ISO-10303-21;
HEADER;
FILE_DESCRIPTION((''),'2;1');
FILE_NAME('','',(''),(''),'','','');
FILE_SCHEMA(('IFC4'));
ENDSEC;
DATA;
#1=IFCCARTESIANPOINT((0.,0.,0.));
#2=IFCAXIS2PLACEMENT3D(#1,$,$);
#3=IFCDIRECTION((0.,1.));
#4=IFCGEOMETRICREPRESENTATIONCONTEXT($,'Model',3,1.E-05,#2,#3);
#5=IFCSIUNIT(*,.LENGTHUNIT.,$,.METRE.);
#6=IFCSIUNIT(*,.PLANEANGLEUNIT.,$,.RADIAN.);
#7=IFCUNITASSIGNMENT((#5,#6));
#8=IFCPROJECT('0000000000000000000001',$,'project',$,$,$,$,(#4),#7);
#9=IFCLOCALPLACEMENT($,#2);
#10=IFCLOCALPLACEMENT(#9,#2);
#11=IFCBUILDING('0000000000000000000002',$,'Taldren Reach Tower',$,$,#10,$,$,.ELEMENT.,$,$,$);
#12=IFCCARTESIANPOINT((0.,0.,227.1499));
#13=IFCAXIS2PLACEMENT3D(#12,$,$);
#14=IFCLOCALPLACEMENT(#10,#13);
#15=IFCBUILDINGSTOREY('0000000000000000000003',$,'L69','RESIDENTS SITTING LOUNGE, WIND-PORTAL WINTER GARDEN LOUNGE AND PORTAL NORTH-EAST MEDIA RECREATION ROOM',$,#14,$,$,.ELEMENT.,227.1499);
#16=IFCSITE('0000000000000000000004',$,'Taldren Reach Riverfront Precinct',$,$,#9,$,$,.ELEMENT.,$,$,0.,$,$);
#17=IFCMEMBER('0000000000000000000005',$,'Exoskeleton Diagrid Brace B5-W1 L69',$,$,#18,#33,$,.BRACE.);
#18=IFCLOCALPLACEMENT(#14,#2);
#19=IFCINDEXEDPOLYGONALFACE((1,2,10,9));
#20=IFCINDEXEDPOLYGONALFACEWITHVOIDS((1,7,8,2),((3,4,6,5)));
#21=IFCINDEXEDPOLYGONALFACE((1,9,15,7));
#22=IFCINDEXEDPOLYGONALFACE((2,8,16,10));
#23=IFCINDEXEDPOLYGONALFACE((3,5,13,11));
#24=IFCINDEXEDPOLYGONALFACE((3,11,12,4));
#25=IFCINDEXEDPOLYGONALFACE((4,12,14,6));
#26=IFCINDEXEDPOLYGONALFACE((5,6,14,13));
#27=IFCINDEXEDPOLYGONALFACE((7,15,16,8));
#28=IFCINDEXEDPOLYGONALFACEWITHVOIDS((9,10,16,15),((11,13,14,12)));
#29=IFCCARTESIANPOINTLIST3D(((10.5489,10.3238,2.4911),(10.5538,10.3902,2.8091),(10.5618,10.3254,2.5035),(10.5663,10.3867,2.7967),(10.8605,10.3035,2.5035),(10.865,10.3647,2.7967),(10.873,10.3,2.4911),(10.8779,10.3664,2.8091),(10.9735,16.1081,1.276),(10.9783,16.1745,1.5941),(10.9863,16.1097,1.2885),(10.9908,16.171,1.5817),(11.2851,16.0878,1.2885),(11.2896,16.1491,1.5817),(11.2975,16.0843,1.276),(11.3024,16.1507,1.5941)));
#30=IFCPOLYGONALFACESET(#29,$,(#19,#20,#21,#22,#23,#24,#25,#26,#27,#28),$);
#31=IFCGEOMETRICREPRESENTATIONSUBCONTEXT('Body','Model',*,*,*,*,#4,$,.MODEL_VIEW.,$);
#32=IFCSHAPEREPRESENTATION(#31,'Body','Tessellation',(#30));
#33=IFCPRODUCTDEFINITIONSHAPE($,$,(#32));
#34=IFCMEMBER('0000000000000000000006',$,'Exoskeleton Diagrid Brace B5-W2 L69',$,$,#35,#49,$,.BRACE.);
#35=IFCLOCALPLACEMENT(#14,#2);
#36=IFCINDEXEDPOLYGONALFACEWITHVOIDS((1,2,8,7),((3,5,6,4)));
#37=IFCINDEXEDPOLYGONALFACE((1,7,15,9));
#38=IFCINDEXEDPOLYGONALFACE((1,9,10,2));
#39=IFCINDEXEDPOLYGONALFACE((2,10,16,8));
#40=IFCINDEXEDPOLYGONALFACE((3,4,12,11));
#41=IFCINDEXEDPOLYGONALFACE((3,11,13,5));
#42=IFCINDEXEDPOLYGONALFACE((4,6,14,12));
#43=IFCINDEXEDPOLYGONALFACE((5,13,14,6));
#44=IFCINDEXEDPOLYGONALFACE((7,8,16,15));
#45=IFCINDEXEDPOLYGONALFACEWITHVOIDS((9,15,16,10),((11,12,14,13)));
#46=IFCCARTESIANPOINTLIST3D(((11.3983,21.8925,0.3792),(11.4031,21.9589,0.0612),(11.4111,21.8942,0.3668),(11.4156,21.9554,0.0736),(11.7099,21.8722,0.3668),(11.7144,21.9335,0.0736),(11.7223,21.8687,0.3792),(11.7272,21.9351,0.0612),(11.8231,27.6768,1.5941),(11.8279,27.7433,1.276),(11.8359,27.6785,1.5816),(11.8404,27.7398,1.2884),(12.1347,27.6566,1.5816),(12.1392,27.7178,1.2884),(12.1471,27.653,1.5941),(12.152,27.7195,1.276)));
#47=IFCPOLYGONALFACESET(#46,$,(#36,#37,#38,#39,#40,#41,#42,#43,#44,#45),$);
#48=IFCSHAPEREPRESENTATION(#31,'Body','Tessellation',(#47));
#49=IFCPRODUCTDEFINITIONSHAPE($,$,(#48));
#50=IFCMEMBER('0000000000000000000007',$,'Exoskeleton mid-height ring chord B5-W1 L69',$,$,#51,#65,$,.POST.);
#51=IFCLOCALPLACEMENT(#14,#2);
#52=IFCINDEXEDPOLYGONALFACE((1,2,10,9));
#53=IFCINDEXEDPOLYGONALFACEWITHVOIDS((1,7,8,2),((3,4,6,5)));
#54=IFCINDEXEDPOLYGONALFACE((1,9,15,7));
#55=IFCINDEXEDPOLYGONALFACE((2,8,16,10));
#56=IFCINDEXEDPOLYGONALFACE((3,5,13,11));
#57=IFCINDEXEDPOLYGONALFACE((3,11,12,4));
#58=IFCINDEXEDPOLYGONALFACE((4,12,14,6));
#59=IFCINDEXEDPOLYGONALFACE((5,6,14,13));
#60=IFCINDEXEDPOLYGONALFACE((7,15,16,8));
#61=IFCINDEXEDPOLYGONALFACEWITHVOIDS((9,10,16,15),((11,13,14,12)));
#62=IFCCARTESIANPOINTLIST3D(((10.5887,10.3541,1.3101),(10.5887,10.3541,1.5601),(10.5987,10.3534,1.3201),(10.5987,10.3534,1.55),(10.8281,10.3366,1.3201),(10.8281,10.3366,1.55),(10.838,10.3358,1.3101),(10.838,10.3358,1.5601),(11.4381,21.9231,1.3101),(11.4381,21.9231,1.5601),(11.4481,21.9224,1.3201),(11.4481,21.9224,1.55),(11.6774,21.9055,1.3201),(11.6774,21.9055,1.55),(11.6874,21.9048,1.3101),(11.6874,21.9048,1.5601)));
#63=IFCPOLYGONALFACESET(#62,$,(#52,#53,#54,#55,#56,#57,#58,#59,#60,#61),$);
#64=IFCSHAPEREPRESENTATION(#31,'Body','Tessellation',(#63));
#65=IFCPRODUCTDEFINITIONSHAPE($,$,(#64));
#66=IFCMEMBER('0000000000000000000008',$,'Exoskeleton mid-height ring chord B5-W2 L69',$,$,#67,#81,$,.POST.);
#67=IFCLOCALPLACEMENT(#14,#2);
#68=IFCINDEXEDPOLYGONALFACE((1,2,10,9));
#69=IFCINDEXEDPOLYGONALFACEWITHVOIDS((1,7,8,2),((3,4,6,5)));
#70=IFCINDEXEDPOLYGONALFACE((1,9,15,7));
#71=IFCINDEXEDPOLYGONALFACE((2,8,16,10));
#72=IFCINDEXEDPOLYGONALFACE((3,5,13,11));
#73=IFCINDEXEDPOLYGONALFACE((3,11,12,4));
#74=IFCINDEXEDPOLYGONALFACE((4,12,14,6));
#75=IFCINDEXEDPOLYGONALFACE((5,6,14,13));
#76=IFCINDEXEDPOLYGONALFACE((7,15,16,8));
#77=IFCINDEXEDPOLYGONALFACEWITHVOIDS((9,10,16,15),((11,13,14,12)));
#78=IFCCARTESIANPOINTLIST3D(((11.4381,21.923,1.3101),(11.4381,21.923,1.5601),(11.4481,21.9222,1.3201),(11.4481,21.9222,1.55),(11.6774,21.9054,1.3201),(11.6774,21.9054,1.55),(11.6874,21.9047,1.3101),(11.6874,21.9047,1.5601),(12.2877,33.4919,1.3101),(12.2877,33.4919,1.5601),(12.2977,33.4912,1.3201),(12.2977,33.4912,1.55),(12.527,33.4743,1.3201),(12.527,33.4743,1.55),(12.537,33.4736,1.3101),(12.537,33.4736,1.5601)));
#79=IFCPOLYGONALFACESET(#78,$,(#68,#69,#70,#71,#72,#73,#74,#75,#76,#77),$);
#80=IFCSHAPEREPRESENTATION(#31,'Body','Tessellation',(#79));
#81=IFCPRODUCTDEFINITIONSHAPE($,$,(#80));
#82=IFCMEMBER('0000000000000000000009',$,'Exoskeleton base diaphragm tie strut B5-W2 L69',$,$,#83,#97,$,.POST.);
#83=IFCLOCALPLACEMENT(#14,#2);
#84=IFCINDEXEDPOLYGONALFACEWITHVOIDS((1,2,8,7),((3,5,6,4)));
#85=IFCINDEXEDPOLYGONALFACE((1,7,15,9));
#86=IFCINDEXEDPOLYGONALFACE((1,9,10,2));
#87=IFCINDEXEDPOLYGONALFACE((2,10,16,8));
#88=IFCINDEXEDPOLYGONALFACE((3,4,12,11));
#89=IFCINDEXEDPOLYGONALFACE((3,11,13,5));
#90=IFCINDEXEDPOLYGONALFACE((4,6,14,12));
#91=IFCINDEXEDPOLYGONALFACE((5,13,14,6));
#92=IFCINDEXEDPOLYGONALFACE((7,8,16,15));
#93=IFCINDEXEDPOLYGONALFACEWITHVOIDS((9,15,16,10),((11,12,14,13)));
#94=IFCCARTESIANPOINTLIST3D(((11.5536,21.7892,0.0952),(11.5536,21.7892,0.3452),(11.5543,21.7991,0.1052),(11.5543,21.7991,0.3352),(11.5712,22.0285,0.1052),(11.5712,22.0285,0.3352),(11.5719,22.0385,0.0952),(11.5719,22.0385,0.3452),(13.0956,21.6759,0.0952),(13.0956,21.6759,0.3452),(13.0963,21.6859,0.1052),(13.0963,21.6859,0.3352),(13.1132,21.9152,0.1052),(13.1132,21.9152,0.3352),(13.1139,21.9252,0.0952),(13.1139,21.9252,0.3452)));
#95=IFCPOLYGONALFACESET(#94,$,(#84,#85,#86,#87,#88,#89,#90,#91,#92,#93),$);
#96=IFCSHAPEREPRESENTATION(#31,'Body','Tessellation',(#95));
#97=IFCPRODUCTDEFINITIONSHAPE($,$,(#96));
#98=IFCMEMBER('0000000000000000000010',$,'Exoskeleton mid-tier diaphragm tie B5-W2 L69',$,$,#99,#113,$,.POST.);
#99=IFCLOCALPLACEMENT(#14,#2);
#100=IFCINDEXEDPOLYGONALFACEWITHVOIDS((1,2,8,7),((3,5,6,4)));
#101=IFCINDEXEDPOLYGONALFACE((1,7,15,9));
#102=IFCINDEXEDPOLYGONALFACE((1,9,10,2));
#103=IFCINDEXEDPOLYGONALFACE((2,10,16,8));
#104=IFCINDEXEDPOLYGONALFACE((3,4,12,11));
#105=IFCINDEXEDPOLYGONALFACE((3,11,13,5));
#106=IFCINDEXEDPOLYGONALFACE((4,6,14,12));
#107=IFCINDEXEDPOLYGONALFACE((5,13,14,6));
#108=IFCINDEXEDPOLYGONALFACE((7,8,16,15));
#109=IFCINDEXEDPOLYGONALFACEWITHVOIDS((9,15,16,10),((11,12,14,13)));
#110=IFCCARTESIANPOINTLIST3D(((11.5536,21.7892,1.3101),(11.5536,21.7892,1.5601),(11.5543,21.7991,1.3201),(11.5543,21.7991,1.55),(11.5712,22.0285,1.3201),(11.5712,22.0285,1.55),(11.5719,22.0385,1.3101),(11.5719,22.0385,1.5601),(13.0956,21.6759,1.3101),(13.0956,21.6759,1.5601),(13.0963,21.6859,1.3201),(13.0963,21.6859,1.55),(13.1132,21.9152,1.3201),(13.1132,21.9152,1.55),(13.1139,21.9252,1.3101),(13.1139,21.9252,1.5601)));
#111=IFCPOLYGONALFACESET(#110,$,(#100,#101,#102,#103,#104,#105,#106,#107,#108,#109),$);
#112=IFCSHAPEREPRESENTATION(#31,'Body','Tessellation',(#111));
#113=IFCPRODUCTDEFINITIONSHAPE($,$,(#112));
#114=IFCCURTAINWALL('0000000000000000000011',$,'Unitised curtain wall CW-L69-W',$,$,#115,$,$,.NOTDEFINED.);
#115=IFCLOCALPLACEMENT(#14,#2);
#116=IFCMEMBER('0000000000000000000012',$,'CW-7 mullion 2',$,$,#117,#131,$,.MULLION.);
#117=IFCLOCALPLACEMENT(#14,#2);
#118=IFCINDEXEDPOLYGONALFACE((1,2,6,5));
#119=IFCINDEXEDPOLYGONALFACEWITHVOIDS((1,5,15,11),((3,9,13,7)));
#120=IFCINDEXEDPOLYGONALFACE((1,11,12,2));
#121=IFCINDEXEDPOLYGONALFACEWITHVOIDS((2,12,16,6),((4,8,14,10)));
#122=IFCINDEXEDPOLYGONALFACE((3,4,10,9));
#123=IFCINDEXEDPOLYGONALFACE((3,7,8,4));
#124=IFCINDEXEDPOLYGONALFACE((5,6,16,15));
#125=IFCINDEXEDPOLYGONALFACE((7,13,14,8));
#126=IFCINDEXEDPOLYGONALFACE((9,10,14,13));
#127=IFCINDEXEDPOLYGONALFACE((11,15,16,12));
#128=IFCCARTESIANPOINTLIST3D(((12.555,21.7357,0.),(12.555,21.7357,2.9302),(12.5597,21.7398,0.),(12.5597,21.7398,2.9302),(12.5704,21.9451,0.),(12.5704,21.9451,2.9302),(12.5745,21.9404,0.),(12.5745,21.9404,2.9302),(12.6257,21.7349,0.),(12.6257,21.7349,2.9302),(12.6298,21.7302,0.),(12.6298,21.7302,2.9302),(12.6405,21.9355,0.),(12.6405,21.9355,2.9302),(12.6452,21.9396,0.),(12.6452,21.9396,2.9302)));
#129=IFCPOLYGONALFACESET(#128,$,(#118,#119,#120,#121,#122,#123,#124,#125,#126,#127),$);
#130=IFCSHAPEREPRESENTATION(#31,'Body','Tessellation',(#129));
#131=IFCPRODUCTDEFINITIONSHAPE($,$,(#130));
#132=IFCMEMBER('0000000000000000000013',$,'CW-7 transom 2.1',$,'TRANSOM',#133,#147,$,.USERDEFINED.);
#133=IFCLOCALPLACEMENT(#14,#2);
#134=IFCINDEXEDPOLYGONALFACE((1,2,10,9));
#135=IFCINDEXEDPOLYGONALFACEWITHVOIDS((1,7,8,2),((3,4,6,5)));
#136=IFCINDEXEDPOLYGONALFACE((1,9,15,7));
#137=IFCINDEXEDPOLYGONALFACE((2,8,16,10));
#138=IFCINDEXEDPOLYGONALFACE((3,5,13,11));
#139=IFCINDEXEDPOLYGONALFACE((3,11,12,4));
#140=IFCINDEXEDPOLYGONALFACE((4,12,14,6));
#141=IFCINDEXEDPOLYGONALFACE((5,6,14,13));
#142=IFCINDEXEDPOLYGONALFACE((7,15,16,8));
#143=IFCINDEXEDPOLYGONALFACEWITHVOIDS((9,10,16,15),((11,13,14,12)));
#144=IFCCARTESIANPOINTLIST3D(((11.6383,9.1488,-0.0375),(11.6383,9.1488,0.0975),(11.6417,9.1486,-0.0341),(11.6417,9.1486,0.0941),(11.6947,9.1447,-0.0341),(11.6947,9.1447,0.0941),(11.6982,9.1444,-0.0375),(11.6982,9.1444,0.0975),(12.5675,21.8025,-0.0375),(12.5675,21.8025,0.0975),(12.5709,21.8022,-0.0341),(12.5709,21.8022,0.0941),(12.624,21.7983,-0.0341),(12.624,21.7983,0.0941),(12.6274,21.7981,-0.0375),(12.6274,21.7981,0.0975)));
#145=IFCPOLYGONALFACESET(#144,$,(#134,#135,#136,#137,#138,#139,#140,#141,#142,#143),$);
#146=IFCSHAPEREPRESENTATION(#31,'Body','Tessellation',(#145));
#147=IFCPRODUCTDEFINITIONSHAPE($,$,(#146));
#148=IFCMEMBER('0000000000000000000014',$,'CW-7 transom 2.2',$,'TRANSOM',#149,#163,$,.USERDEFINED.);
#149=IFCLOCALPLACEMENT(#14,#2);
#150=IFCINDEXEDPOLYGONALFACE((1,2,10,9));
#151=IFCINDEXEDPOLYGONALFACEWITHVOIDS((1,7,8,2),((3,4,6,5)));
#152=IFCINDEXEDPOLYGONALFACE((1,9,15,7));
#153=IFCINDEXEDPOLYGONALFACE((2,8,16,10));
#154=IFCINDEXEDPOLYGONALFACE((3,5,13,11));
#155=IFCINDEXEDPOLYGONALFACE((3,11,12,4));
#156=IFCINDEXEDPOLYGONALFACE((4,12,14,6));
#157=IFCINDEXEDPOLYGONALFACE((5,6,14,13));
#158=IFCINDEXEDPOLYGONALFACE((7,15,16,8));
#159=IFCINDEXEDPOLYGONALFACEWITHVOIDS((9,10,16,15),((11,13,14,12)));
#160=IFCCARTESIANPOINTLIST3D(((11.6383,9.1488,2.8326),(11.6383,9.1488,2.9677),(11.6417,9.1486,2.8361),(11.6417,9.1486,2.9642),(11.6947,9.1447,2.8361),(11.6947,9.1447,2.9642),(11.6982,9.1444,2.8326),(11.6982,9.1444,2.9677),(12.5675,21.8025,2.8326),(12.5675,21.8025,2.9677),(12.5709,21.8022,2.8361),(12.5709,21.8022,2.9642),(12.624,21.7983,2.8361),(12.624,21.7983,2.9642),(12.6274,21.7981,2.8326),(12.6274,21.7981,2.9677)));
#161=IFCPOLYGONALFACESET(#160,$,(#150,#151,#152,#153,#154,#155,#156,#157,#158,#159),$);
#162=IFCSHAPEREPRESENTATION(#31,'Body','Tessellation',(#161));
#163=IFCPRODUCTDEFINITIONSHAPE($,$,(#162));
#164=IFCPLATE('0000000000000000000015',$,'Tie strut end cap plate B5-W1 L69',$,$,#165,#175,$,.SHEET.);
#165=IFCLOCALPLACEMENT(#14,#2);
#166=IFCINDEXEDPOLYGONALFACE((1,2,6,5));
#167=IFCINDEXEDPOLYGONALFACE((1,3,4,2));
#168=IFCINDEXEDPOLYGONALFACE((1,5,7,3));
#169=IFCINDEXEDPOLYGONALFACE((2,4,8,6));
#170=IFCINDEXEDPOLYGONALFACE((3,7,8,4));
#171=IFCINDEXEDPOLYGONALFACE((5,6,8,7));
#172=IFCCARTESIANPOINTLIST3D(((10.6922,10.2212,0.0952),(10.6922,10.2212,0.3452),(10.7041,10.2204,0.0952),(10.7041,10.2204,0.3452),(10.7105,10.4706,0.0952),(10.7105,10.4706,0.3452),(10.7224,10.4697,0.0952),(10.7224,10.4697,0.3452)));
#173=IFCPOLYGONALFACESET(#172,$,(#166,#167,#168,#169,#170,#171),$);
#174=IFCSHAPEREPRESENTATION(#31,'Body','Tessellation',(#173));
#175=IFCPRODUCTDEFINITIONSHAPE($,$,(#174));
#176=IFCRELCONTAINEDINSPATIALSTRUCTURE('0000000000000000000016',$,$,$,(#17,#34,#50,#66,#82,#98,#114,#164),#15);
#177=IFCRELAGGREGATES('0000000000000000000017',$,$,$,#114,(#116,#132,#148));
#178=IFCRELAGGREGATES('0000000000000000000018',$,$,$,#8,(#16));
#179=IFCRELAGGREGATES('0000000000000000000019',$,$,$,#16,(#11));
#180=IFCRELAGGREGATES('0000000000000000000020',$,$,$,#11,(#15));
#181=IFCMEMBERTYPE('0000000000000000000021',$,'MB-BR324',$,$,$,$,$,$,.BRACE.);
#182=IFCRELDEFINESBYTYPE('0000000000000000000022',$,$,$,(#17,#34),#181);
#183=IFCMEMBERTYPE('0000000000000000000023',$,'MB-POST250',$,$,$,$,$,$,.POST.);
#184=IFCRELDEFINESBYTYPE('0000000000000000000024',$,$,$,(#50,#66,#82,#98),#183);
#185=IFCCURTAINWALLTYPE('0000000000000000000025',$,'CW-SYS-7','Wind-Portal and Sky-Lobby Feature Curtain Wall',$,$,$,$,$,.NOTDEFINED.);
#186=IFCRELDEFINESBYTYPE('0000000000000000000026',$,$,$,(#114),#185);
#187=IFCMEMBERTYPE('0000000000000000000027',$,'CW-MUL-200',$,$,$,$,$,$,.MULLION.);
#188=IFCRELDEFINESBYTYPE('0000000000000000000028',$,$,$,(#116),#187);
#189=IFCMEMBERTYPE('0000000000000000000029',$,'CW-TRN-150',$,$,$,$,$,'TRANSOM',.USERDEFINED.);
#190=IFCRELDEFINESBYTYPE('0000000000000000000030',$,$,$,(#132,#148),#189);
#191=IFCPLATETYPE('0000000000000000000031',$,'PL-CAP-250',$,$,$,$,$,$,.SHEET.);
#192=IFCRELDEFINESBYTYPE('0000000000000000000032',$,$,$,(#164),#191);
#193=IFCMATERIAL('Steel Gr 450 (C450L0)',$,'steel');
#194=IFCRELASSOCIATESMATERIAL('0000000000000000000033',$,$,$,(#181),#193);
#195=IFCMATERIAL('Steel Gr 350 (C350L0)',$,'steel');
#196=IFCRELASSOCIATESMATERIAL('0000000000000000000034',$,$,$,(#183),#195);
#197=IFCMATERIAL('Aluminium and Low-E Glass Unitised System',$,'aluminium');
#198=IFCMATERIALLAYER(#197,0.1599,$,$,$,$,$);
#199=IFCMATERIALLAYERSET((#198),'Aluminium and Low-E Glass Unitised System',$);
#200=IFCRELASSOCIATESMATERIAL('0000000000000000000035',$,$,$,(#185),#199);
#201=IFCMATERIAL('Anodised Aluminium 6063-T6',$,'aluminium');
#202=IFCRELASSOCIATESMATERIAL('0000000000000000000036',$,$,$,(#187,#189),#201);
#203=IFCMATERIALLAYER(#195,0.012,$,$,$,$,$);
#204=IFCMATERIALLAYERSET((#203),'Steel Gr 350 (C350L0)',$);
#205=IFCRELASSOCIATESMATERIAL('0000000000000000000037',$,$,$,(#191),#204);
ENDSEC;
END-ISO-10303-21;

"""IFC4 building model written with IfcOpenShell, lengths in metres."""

from ifc_helpers import new_model, si_unit, direction, frame, origin, origin_2d, place, context, subcontext, project, spatial, rectangle, hollow_rectangle, extrude, source, transform, mapped, material, layer, layer_set, material_profile, profile_set, type_object, element, aggregate, save


model = new_model("IFC4")

# Units and contexts
model_context = context("Model", 3, precision=1e-05, world=origin(), true_north=direction((0.0, 1.0)))
body_context = subcontext(model_context, "Body", "Model", "MODEL_VIEW")
ifc_project = project(units=[si_unit("LENGTHUNIT", "METRE"), si_unit("PLANEANGLEUNIT", "RADIAN")], contexts=[model_context])

# Site, building, storey
site_placement = place(None, origin())
site = spatial("IfcSite", under=ifc_project, at=site_placement, Name="Taldren Reach Riverfront Precinct", CompositionType="ELEMENT", RefElevation=0.0)
building_placement = place(site_placement, origin())
building = spatial("IfcBuilding", under=site, at=building_placement, Name="Taldren Reach Tower", CompositionType="ELEMENT")
storey_placement = place(building_placement, frame((0.0, 0.0, 227.1499)))
storey = spatial("IfcBuildingStorey", under=building, at=storey_placement, Name="L69", Description="RESIDENTS SITTING LOUNGE, WIND-PORTAL WINTER GARDEN LOUNGE AND PORTAL NORTH-EAST MEDIA RECREATION ROOM", CompositionType="ELEMENT", Elevation=227.1499)

# Shared definitions
ifc_material_1 = material(Name="Steel Gr 450 (C450L0)", Category="steel")

# Members
ifc_material_profile_1 = material_profile(ifc_material_1, hollow_rectangle(XDim=0.325, YDim=0.325, WallThickness=0.0127, at=origin_2d()), Name="325x325x12.7SHS")
ifc_profile_set_1 = profile_set([ifc_material_profile_1], Name="Steel Gr 450 (C450L0)")
member_type_1 = type_object("IfcMemberType", Name="MB-BR324", PredefinedType="BRACE", material=ifc_profile_set_1)
shared_shape_1 = source(origin(), body_context, "Body", "SweptSolid", [
    extrude(hollow_rectangle(XDim=0.325, YDim=0.325, WallThickness=0.0127, at=origin_2d()), origin(), (0.0, 0.0, 1.0), 5.9258),
])
for number, where, z_axis, x_axis, name in (
    (1, (11.1379, 16.1294, 1.4351), (-0.071645, -0.976126, 0.205047), (0.997317, -0.0732, 0.0), "Exoskeleton Diagrid Brace B5-W1 L69"),
    (2, (11.5627, 21.9138, 0.2202), (0.071687, 0.976132, 0.205007), (-0.997314, 0.073242, 0.0), "Exoskeleton Diagrid Brace B5-W2 L69"),
):
    element("IfcMember", number, at=place(storey_placement, frame(where, z_axis=z_axis, x_axis=x_axis)), inside=storey, type_object=member_type_1, Name=name, PredefinedType="BRACE", context=body_context, shape_type="MappedRepresentation", body=[
        mapped(shared_shape_1, transform((0.0, 0.0, 0.0), scale=1.0)),
    ])
ifc_material_2 = material(Name="Steel Gr 350 (C350L0)", Category="steel")
ifc_material_profile_2 = material_profile(ifc_material_2, hollow_rectangle(XDim=0.25, YDim=0.25, WallThickness=0.01, at=origin_2d()), Name="250x250x10.0SHS")
ifc_profile_set_2 = profile_set([ifc_material_profile_2], Name="Steel Gr 350 (C350L0)")
member_type_2 = type_object("IfcMemberType", Name="MB-POST250", PredefinedType="POST", material=ifc_profile_set_2)
shared_shape_2 = source(origin(), body_context, "Body", "SweptSolid", [
    extrude(hollow_rectangle(XDim=0.25, YDim=0.25, WallThickness=0.01, at=origin_2d()), origin(), (0.0, 0.0, 1.0), 11.6001),
])
for number, where, z_axis, x_axis, name in (
    (3, (10.7134, 10.345, 1.4351), (0.073221, 0.997316, 0.0), (-0.997316, 0.073221, 0.0), "Exoskeleton mid-height ring chord B5-W1 L69"),
    (4, (11.5627, 21.9138, 1.4351), (0.073242, 0.997314, 0.0), (-0.997314, 0.073242, 0.0), "Exoskeleton mid-height ring chord B5-W2 L69"),
):
    element("IfcMember", number, at=place(storey_placement, frame(where, z_axis=z_axis, x_axis=x_axis)), inside=storey, type_object=member_type_2, Name=name, PredefinedType="POST", context=body_context, shape_type="MappedRepresentation", body=[
        mapped(shared_shape_2, transform((0.0, 0.0, 0.0), scale=1.0)),
    ])
shared_shape_3 = source(origin(), body_context, "Body", "SweptSolid", [
    extrude(hollow_rectangle(XDim=0.25, YDim=0.25, WallThickness=0.01, at=origin_2d()), origin(), (0.0, 0.0, 1.0), 1.5461),
])
for number, where, z_axis, x_axis, name in (
    (5, (13.1047, 21.8005, 0.2202), (-0.997312, 0.073267, 0.0), (-0.073267, -0.997312, 0.0), "Exoskeleton base diaphragm tie strut B5-W2 L69"),
    (6, (13.1047, 21.8005, 1.4351), (-0.997312, 0.073267, 0.0), (-0.073267, -0.997312, 0.0), "Exoskeleton mid-tier diaphragm tie B5-W2 L69"),
):
    element("IfcMember", number, at=place(storey_placement, frame(where, z_axis=z_axis, x_axis=x_axis)), inside=storey, type_object=member_type_2, Name=name, PredefinedType="POST", context=body_context, shape_type="MappedRepresentation", body=[
        mapped(shared_shape_3, transform((0.0, 0.0, 0.0), scale=1.0)),
    ])

# Curtain wall, members
ifc_material_3 = material(Name="Aluminium and Low-E Glass Unitised System", Category="aluminium")
ifc_layer_1 = layer(ifc_material_3, 0.1599)
ifc_layer_set_1 = layer_set([ifc_layer_1], Name="Aluminium and Low-E Glass Unitised System")
curtain_wall_type = type_object("IfcCurtainWallType", Name="CW-SYS-7", Description="Wind-Portal and Sky-Lobby Feature Curtain Wall", PredefinedType="NOTDEFINED", material=ifc_layer_set_1)
curtain_wall_placement = place(storey_placement, origin())
curtain_wall = element("IfcCurtainWall", 7, at=curtain_wall_placement, inside=storey, type_object=curtain_wall_type, Name="Unitised curtain wall CW-L69-W", PredefinedType="NOTDEFINED")
ifc_material_4 = material(Name="Anodised Aluminium 6063-T6", Category="aluminium")
ifc_material_profile_3 = material_profile(ifc_material_4, hollow_rectangle(XDim=0.075, YDim=0.21, WallThickness=0.0044, at=origin_2d()), Name="ALU-210x75x4.5RHS")
ifc_profile_set_3 = profile_set([ifc_material_profile_3], Name="Anodised Aluminium 6063-T6")
member_type_3 = type_object("IfcMemberType", Name="CW-MUL-200", PredefinedType="MULLION", material=ifc_profile_set_3)
shared_shape_4 = source(origin(), body_context, "Body", "SweptSolid", [
    extrude(hollow_rectangle(XDim=0.075, YDim=0.21, WallThickness=0.0044, at=origin_2d()), origin(), (0.0, 0.0, 1.0), 2.9302),
])
member_1_placement = place(storey_placement, frame((12.6001, 21.8376, 0.0), z_axis=(0.0, 0.0, 1.0), x_axis=(0.997314, -0.073238, 0.0)))
member_1 = element("IfcMember", 8, at=member_1_placement, type_object=member_type_3, Name="CW-7 mullion 2", PredefinedType="MULLION", context=body_context, shape_type="MappedRepresentation", body=[
    mapped(shared_shape_4, transform((0.0, 0.0, 0.0), scale=1.0)),
])
ifc_material_profile_4 = material_profile(ifc_material_4, hollow_rectangle(XDim=0.0601, YDim=0.135, WallThickness=0.0034, at=origin_2d()), Name="ALU-135x60x3.5RHS")
ifc_profile_set_4 = profile_set([ifc_material_profile_4], Name="Anodised Aluminium 6063-T6")
member_type_4 = type_object("IfcMemberType", Name="CW-TRN-150", ElementType="TRANSOM", PredefinedType="USERDEFINED", material=ifc_profile_set_4)
shared_shape_5 = source(origin(), body_context, "Body", "SweptSolid", [
    extrude(hollow_rectangle(XDim=0.0601, YDim=0.135, WallThickness=0.0034, at=origin_2d()), origin(), (0.0, 0.0, 1.0), 12.6877),
])
member_2_placement = place(storey_placement, frame((12.5974, 21.8003, 0.03), z_axis=(-0.073237, -0.997315, 0.0), x_axis=(0.997315, -0.073237, 0.0)))
member_2 = element("IfcMember", 9, at=member_2_placement, type_object=member_type_4, Name="CW-7 transom 2.1", ObjectType="TRANSOM", PredefinedType="USERDEFINED", context=body_context, shape_type="MappedRepresentation", body=[
    mapped(shared_shape_5, transform((0.0, 0.0, 0.0), scale=1.0)),
])
member_3_placement = place(storey_placement, frame((12.5974, 21.8003, 2.9001), z_axis=(-0.073237, -0.997315, 0.0), x_axis=(0.997315, -0.073237, 0.0)))
member_3 = element("IfcMember", 10, at=member_3_placement, type_object=member_type_4, Name="CW-7 transom 2.2", ObjectType="TRANSOM", PredefinedType="USERDEFINED", context=body_context, shape_type="MappedRepresentation", body=[
    mapped(shared_shape_5, transform((0.0, 0.0, 0.0), scale=1.0)),
])

# Plate
ifc_layer_2 = layer(ifc_material_2, 0.012)
ifc_layer_set_2 = layer_set([ifc_layer_2], Name="Steel Gr 350 (C350L0)")
plate_type_1 = type_object("IfcPlateType", Name="PL-CAP-250", PredefinedType="SHEET", material=ifc_layer_set_2)
shared_shape_6 = source(origin(), body_context, "Body", "SweptSolid", [
    extrude(rectangle(XDim=0.012, YDim=0.25, at=origin_2d()), origin(), (0.0, 0.0, 1.0), 0.25),
])
plate_1_placement = place(storey_placement, frame((10.7073, 10.3455, 0.0952), z_axis=(0.0, 0.0, 1.0), x_axis=(0.997314, -0.073238, 0.0)))
element("IfcPlate", 11, at=plate_1_placement, inside=storey, type_object=plate_type_1, Name="Tie strut end cap plate B5-W1 L69", PredefinedType="SHEET", context=body_context, shape_type="MappedRepresentation", body=[
    mapped(shared_shape_6, transform((0.0, 0.0, 0.0), scale=1.0)),
])

aggregate(curtain_wall, [member_1, member_2, member_3])

save(model, "model.ifc")
